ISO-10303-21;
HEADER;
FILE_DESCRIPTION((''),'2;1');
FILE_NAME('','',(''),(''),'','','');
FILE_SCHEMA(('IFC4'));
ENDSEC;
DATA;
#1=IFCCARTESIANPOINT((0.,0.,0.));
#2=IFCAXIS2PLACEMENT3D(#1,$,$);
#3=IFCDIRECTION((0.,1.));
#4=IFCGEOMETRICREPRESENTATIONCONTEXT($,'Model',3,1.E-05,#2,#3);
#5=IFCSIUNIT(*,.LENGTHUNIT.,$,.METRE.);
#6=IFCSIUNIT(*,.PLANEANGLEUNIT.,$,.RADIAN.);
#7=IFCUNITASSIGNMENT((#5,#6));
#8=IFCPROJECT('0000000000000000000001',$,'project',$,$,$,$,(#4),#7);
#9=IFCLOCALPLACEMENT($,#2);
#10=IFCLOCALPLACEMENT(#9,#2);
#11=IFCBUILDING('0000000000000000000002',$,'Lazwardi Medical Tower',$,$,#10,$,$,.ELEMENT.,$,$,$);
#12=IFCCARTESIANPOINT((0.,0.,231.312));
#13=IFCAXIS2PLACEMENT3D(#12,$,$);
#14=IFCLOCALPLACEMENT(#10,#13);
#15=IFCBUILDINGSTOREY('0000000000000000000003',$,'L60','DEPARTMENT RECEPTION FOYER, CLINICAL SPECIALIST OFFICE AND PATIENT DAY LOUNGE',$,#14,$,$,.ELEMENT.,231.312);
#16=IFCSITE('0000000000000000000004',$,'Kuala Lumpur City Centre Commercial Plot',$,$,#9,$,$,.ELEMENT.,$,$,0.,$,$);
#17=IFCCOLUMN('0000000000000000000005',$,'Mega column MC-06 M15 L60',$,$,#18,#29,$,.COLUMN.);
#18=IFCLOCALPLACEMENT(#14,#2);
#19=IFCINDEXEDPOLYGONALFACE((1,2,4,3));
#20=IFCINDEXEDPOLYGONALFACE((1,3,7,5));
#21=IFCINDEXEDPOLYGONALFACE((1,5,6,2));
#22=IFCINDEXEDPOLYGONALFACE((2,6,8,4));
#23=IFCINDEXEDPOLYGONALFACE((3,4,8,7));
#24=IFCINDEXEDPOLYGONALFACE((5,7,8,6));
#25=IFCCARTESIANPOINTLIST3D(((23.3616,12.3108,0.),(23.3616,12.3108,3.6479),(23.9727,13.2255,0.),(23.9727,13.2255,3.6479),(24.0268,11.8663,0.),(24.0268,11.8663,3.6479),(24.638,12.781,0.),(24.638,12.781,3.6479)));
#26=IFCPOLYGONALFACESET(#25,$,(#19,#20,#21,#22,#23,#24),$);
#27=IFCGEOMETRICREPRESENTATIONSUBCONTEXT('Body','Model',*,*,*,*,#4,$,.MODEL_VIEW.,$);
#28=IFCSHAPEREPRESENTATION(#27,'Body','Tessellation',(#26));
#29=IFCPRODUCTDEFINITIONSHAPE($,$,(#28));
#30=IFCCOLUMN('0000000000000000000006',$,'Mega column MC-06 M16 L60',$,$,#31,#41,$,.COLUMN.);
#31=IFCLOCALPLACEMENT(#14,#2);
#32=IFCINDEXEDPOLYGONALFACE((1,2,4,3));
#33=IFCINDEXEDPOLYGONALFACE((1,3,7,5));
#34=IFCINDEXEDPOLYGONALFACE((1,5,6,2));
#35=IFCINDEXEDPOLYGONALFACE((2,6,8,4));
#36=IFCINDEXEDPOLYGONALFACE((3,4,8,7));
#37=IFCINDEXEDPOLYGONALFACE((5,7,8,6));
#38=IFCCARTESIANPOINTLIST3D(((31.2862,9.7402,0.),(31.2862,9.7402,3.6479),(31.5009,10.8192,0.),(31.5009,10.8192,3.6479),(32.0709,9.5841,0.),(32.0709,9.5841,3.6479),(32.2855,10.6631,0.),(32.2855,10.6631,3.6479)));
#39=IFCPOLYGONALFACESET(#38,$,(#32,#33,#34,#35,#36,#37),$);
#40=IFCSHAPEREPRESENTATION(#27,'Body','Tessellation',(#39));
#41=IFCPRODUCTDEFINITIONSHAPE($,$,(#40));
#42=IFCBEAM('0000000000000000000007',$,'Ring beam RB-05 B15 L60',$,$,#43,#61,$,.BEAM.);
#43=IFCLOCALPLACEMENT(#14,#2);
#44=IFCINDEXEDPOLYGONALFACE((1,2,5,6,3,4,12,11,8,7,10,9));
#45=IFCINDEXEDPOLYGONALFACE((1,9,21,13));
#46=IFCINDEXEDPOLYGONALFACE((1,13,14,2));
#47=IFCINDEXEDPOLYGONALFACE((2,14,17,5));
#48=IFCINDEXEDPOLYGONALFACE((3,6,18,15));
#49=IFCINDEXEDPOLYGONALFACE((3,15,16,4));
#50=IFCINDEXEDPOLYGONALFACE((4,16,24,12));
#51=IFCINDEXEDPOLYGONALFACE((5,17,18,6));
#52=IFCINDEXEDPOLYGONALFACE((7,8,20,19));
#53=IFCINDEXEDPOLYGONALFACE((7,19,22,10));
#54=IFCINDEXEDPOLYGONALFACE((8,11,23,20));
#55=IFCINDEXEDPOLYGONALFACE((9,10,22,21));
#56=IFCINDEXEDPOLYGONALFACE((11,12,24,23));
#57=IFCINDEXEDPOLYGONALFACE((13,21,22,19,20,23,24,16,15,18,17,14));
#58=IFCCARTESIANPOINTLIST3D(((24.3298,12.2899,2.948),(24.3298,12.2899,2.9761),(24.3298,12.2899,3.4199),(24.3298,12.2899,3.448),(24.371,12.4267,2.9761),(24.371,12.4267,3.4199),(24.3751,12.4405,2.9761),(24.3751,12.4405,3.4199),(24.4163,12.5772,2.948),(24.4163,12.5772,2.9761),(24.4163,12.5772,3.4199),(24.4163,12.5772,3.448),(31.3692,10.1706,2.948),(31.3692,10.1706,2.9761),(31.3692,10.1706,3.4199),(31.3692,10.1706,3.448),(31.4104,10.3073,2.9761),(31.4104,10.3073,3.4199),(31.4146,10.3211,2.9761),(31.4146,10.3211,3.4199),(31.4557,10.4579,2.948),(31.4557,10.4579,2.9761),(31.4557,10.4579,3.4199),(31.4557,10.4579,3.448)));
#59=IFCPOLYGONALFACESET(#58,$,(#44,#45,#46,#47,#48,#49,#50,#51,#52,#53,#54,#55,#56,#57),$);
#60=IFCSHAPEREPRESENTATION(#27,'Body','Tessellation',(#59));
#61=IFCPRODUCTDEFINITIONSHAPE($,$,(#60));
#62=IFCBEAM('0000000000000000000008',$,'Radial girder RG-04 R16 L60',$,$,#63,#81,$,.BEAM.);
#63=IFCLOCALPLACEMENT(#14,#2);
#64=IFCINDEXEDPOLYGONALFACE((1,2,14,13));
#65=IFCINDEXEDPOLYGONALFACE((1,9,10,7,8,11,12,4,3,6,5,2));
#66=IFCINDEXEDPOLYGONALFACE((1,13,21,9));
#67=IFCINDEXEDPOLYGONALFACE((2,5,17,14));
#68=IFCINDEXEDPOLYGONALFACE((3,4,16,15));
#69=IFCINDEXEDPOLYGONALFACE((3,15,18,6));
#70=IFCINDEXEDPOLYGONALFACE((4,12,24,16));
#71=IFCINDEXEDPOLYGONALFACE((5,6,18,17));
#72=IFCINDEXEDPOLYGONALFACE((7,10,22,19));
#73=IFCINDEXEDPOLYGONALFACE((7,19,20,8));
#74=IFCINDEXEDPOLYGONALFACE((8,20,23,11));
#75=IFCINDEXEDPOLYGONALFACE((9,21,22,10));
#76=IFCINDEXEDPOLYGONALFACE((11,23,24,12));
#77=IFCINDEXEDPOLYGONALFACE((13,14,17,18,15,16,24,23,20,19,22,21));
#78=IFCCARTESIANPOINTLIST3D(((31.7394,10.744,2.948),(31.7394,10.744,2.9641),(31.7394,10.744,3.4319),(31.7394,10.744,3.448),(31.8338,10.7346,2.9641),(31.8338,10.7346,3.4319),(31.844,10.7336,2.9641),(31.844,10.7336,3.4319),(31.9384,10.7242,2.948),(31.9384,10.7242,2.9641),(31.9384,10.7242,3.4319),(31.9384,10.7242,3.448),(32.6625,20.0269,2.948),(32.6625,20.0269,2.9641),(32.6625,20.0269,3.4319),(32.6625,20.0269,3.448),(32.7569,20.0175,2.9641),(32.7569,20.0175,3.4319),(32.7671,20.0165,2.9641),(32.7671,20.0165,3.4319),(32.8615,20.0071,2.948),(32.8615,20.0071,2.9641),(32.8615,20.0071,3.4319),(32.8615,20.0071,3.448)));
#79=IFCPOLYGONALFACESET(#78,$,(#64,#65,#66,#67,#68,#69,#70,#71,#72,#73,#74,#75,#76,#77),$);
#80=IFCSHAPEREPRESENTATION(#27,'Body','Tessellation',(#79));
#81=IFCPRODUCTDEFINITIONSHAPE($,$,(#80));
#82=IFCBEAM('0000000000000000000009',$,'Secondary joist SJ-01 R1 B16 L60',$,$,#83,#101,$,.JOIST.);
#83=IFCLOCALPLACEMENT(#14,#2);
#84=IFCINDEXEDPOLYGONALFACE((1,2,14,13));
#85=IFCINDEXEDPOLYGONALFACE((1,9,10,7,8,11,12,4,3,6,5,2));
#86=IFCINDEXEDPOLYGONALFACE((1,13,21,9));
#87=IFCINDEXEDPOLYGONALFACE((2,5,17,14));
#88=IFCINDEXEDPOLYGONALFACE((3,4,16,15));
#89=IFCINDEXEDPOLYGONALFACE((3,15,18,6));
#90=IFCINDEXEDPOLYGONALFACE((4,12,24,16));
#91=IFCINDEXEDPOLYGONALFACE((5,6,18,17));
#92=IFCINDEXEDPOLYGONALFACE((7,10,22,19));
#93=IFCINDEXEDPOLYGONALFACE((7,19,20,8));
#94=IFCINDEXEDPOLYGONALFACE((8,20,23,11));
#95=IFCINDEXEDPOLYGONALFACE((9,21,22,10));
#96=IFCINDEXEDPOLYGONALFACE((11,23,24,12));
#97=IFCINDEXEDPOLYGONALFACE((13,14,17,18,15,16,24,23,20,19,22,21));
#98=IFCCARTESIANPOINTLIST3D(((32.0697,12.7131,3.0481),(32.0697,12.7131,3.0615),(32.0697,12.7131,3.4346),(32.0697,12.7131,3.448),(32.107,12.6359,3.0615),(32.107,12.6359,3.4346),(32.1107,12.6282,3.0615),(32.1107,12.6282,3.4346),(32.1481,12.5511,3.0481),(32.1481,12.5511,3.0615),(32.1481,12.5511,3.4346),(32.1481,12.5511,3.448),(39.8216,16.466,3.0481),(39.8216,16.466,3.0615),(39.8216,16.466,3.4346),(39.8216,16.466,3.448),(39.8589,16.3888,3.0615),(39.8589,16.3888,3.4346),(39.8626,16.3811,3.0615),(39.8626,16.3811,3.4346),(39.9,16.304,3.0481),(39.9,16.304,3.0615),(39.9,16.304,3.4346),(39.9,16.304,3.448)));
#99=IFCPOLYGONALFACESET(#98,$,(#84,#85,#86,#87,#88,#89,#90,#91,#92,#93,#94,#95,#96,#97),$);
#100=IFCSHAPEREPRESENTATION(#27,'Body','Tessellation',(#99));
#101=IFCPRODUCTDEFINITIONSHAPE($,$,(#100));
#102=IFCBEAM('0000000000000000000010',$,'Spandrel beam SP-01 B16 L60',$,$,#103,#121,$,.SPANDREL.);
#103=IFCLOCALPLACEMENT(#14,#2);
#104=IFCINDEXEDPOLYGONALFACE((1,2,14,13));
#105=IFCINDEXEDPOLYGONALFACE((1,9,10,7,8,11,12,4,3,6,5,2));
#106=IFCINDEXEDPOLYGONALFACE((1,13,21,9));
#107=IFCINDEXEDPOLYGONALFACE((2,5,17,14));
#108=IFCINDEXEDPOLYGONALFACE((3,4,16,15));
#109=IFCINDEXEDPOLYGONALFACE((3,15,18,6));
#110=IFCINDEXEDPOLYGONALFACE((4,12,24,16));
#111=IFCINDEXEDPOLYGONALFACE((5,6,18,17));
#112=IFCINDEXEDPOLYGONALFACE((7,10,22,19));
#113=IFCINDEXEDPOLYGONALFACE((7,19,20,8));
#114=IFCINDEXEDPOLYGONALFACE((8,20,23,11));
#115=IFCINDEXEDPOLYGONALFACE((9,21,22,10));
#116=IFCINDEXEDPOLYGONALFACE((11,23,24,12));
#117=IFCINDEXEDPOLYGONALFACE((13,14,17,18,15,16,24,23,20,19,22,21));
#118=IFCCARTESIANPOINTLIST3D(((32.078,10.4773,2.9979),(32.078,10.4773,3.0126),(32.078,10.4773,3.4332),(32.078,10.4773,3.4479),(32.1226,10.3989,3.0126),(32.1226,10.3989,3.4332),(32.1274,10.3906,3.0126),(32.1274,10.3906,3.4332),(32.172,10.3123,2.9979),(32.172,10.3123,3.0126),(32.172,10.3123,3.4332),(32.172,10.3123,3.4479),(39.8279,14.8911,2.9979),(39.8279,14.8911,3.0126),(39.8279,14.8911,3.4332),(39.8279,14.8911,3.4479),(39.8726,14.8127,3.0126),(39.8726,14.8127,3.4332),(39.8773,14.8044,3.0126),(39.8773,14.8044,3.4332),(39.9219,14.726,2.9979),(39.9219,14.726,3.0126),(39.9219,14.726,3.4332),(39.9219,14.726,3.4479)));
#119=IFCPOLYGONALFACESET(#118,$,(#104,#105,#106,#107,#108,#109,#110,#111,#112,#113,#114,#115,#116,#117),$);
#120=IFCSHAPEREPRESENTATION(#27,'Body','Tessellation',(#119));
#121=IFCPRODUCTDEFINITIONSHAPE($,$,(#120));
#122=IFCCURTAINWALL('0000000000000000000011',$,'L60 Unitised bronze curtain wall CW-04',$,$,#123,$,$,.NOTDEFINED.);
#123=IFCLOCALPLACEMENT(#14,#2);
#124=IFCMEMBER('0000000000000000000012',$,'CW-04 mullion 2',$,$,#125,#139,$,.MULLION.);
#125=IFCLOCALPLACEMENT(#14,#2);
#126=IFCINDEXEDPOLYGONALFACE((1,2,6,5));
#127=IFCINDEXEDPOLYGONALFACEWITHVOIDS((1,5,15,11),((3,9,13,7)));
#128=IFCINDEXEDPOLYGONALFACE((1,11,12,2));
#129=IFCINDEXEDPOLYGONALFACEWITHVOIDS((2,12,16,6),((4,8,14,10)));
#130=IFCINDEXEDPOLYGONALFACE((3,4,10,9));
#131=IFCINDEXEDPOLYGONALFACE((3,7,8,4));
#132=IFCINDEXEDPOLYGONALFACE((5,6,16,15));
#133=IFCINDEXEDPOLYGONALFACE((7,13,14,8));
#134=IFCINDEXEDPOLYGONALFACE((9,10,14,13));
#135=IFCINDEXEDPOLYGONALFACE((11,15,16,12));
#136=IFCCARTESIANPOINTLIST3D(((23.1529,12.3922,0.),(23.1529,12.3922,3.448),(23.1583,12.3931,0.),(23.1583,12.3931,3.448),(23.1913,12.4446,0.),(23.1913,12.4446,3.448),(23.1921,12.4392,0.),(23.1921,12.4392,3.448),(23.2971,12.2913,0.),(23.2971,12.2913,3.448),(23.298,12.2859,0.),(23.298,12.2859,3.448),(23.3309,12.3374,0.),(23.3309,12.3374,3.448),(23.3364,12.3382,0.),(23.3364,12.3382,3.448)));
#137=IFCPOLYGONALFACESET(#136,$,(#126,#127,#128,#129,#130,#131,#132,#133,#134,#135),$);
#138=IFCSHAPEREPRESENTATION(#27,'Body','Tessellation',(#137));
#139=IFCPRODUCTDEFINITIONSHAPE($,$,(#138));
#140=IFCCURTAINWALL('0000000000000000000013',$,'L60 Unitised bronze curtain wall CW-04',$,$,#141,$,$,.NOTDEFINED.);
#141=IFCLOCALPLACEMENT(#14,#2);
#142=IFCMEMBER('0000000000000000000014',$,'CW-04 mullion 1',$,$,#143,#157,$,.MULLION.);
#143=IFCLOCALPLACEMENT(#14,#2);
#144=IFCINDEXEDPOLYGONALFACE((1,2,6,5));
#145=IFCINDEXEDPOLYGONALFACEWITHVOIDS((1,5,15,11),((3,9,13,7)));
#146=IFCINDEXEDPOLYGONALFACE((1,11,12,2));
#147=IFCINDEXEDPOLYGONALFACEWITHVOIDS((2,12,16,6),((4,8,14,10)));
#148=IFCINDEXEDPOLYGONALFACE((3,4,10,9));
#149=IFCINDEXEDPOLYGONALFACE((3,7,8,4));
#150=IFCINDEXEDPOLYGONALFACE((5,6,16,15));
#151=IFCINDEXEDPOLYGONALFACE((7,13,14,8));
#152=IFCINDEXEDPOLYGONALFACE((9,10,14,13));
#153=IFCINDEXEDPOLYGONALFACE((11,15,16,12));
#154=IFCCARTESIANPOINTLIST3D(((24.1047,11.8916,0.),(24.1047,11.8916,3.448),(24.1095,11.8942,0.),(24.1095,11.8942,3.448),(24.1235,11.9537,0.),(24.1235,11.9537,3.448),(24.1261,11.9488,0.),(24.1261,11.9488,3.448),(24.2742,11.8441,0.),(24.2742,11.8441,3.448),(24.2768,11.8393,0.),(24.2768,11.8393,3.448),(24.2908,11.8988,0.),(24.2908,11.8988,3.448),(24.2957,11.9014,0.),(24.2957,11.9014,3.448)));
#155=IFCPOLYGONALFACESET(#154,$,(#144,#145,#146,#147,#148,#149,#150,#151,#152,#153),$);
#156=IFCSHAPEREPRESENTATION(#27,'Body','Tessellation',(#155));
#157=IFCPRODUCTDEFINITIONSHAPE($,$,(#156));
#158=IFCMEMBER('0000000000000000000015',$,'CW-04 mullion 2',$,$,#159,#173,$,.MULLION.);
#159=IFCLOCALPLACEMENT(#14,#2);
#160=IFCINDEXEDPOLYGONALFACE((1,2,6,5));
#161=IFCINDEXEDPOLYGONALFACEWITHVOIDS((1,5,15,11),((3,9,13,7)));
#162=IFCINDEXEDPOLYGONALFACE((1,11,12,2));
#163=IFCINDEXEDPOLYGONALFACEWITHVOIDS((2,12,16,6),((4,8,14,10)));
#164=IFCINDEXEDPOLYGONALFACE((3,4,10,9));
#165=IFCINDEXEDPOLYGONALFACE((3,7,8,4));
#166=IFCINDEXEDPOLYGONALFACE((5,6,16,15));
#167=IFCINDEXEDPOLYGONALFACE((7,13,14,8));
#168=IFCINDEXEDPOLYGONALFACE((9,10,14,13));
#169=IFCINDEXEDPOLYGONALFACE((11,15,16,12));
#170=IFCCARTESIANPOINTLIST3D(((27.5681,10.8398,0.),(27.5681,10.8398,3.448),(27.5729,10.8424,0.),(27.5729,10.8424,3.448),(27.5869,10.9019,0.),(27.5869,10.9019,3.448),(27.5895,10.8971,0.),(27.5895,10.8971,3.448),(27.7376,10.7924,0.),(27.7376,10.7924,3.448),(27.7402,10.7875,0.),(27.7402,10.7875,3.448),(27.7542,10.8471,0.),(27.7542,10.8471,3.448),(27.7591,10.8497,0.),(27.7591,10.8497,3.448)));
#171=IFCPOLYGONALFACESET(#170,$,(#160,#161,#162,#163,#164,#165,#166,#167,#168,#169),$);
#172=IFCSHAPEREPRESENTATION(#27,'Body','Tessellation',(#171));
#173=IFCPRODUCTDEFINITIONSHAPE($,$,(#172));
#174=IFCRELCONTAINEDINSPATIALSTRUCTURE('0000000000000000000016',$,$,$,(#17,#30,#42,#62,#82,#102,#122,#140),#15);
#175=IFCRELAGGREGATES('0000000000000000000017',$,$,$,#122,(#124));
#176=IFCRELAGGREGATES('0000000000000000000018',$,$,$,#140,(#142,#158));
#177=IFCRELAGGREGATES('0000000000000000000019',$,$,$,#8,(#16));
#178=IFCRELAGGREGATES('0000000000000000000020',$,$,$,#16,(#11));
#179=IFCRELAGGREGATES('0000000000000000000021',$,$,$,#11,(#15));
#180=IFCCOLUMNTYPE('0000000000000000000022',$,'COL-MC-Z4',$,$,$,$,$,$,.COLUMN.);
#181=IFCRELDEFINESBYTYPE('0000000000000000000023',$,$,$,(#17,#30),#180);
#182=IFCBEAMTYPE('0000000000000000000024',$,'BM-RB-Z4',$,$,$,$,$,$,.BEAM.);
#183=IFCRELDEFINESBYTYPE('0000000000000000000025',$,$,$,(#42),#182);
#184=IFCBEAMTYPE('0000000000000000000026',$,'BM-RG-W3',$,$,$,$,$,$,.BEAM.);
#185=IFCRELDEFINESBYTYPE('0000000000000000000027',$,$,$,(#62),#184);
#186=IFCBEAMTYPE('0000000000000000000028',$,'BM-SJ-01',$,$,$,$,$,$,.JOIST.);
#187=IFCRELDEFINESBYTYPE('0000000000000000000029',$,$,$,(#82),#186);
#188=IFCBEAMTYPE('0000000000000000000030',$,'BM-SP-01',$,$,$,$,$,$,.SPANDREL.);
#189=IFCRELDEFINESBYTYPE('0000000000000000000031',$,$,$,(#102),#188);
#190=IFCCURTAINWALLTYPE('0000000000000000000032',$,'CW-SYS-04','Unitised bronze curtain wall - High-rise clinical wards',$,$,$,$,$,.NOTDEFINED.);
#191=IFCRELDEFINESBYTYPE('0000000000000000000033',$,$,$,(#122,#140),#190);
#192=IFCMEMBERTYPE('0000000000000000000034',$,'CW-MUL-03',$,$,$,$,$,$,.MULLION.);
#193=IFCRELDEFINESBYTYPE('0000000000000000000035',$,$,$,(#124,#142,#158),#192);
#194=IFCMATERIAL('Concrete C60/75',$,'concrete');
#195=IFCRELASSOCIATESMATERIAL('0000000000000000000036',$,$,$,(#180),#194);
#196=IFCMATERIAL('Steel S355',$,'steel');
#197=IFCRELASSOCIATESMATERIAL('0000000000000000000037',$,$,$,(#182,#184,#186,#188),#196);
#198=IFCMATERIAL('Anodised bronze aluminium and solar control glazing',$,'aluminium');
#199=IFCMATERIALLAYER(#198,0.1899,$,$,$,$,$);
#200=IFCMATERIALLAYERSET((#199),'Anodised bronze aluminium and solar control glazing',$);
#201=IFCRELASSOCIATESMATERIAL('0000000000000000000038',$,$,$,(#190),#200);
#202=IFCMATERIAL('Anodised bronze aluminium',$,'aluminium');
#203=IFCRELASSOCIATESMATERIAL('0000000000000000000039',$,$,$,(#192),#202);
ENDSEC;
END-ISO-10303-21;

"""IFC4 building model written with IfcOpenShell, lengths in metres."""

from ifc_helpers import new_model, si_unit, direction, frame, origin, origin_2d, place, context, subcontext, project, spatial, rectangle, hollow_rectangle, i_section, extrude, material, layer, layer_set, material_profile, profile_set, type_object, element, aggregate, save


model = new_model("IFC4")

# Units and contexts
model_context = context("Model", 3, precision=1e-05, world=origin(), true_north=direction((0.0, 1.0)))
body_context = subcontext(model_context, "Body", "Model", "MODEL_VIEW")
ifc_project = project(units=[si_unit("LENGTHUNIT", "METRE"), si_unit("PLANEANGLEUNIT", "RADIAN")], contexts=[model_context])

# Site, building, storey
site_placement = place(None, origin())
site = spatial("IfcSite", under=ifc_project, at=site_placement, Name="Kuala Lumpur City Centre Commercial Plot", CompositionType="ELEMENT", RefElevation=0.0)
building_placement = place(site_placement, origin())
building = spatial("IfcBuilding", under=site, at=building_placement, Name="Lazwardi Medical Tower", CompositionType="ELEMENT")
storey_placement = place(building_placement, frame((0.0, 0.0, 231.312)))
storey = spatial("IfcBuildingStorey", under=building, at=storey_placement, Name="L60", Description="DEPARTMENT RECEPTION FOYER, CLINICAL SPECIALIST OFFICE AND PATIENT DAY LOUNGE", CompositionType="ELEMENT", Elevation=231.312)

# Columns
ifc_material_1 = material(Name="Concrete C60/75", Category="concrete")
ifc_material_profile_1 = material_profile(ifc_material_1, rectangle(XDim=1.1001, YDim=0.8, at=origin_2d()), Name="CFT-RECT 1100x800")
ifc_profile_set_1 = profile_set([ifc_material_profile_1], Name="Concrete C60/75")
column_type = type_object("IfcColumnType", Name="COL-MC-Z4", PredefinedType="COLUMN", material=ifc_profile_set_1)
for number, where, z_axis, x_axis, name in (
    (1, (23.9998, 12.5459, 0.0), (0.0, 0.0, 1.0), (-0.55557, -0.83147, 0.0), "Mega column MC-06 M15 L60"),
    (2, (31.7859, 10.2017, 0.0), (0.0, 0.0, 1.0), (-0.19509, -0.980785, 0.0), "Mega column MC-06 M16 L60"),
):
    element("IfcColumn", number, at=place(storey_placement, frame(where, z_axis=z_axis, x_axis=x_axis)), inside=storey, type_object=column_type, Name=name, PredefinedType="COLUMN", context=body_context, shape_type="SweptSolid", body=[
        extrude(rectangle(XDim=1.1001, YDim=0.8, at=origin_2d()), origin(), (0.0, 0.0, 1.0), 3.6479),
    ])

# Beams
ifc_material_2 = material(Name="Steel S355", Category="steel")
ifc_material_profile_2 = material_profile(ifc_material_2, i_section(OverallWidth=0.3, OverallDepth=0.5, WebThickness=0.0144, FlangeThickness=0.0281, at=origin_2d()), Name="HEB 500")
ifc_profile_set_2 = profile_set([ifc_material_profile_2], Name="Steel S355")
beam_type_1 = type_object("IfcBeamType", Name="BM-RB-Z4", PredefinedType="BEAM", material=ifc_profile_set_2)
beam_1_placement = place(storey_placement, frame((24.373, 12.4336, 3.198), z_axis=(0.957544, -0.288286, 0.0), x_axis=(0.288286, 0.957544, 0.0)))
element("IfcBeam", 3, at=beam_1_placement, inside=storey, type_object=beam_type_1, Name="Ring beam RB-05 B15 L60", PredefinedType="BEAM", context=body_context, shape_type="SweptSolid", body=[
    extrude(i_section(OverallWidth=0.3, OverallDepth=0.5, WebThickness=0.0144, FlangeThickness=0.0281, at=origin_2d()), origin(), (0.0, 0.0, 1.0), 7.3516),
])
ifc_material_profile_3 = material_profile(ifc_material_2, i_section(OverallWidth=0.2, OverallDepth=0.5, WebThickness=0.0103, FlangeThickness=0.0161, at=origin_2d()), Name="IPE 500")
ifc_profile_set_3 = profile_set([ifc_material_profile_3], Name="Steel S355")
beam_type_2 = type_object("IfcBeamType", Name="BM-RG-W3", PredefinedType="BEAM", material=ifc_profile_set_3)
beam_2_placement = place(storey_placement, frame((31.8389, 10.7341, 3.198), z_axis=(0.098954, 0.995092, 0.0), x_axis=(-0.995092, 0.098954, 0.0)))
element("IfcBeam", 4, at=beam_2_placement, inside=storey, type_object=beam_type_2, Name="Radial girder RG-04 R16 L60", PredefinedType="BEAM", context=body_context, shape_type="SweptSolid", body=[
    extrude(i_section(OverallWidth=0.2, OverallDepth=0.5, WebThickness=0.0103, FlangeThickness=0.0161, at=origin_2d()), origin(), (0.0, 0.0, 1.0), 9.3286),
])
ifc_material_profile_4 = material_profile(ifc_material_2, i_section(OverallWidth=0.1799, OverallDepth=0.3999, WebThickness=0.0085, FlangeThickness=0.0134, at=origin_2d()), Name="IPE 400")
ifc_profile_set_4 = profile_set([ifc_material_profile_4], Name="Steel S355")
beam_type_3 = type_object("IfcBeamType", Name="BM-SJ-01", PredefinedType="JOIST", material=ifc_profile_set_4)
beam_3_placement = place(storey_placement, frame((32.1089, 12.6321, 3.248), z_axis=(0.900069, 0.435748, 0.0), x_axis=(-0.435748, 0.900069, 0.0)))
element("IfcBeam", 5, at=beam_3_placement, inside=storey, type_object=beam_type_3, Name="Secondary joist SJ-01 R1 B16 L60", PredefinedType="JOIST", context=body_context, shape_type="SweptSolid", body=[
    extrude(i_section(OverallWidth=0.1799, OverallDepth=0.3999, WebThickness=0.0085, FlangeThickness=0.0134, at=origin_2d()), origin(), (0.0, 0.0, 1.0), 8.6125),
])
ifc_material_profile_5 = material_profile(ifc_material_2, i_section(OverallWidth=0.1899, OverallDepth=0.45, WebThickness=0.0095, FlangeThickness=0.0146, at=origin_2d()), Name="IPE 450")
ifc_profile_set_5 = profile_set([ifc_material_profile_5], Name="Steel S355")
beam_type_4 = type_object("IfcBeamType", Name="BM-SP-01", PredefinedType="SPANDREL", material=ifc_profile_set_5)
beam_4_placement = place(storey_placement, frame((32.125, 10.3948, 3.2229), z_axis=(0.868955, 0.494891, 0.0), x_axis=(-0.494891, 0.868955, 0.0)))
element("IfcBeam", 6, at=beam_4_placement, inside=storey, type_object=beam_type_4, Name="Spandrel beam SP-01 B16 L60", PredefinedType="SPANDREL", context=body_context, shape_type="SweptSolid", body=[
    extrude(i_section(OverallWidth=0.1899, OverallDepth=0.45, WebThickness=0.0095, FlangeThickness=0.0146, at=origin_2d()), origin(), (0.0, 0.0, 1.0), 8.9187),
])

# Curtain wall, member
ifc_material_3 = material(Name="Anodised bronze aluminium and solar control glazing", Category="aluminium")
ifc_layer_1 = layer(ifc_material_3, 0.1899)
ifc_layer_set_1 = layer_set([ifc_layer_1], Name="Anodised bronze aluminium and solar control glazing")
curtain_wall_type = type_object("IfcCurtainWallType", Name="CW-SYS-04", Description="Unitised bronze curtain wall - High-rise clinical wards", PredefinedType="NOTDEFINED", material=ifc_layer_set_1)
curtain_wall_1_placement = place(storey_placement, origin())
curtain_wall_1 = element("IfcCurtainWall", 7, at=curtain_wall_1_placement, inside=storey, type_object=curtain_wall_type, Name="L60 Unitised bronze curtain wall CW-04", PredefinedType="NOTDEFINED")
ifc_material_4 = material(Name="Anodised bronze aluminium", Category="aluminium")
ifc_material_profile_6 = material_profile(ifc_material_4, hollow_rectangle(XDim=0.0649, YDim=0.1799, WallThickness=0.0039, at=origin_2d()), Name="ALU-MULLION 180x65x4")
ifc_profile_set_6 = profile_set([ifc_material_profile_6], Name="Anodised bronze aluminium")
member_type_1 = type_object("IfcMemberType", Name="CW-MUL-03", PredefinedType="MULLION", material=ifc_profile_set_6)
member_1_placement = place(storey_placement, frame((23.2446, 12.3652, 0.0), z_axis=(0.0, 0.0, 1.0), x_axis=(0.591268, 0.806475, 0.0)))
member_1 = element("IfcMember", 8, at=member_1_placement, type_object=member_type_1, Name="CW-04 mullion 2", PredefinedType="MULLION", context=body_context, shape_type="SweptSolid", body=[
    extrude(hollow_rectangle(XDim=0.0649, YDim=0.1799, WallThickness=0.0039, at=origin_2d()), origin(), (0.0, 0.0, 1.0), 3.448),
])
aggregate(curtain_wall_1, [member_1])

# Curtain wall, members
curtain_wall_2_placement = place(storey_placement, origin())
curtain_wall_2 = element("IfcCurtainWall", 9, at=curtain_wall_2_placement, inside=storey, type_object=curtain_wall_type, Name="L60 Unitised bronze curtain wall CW-04", PredefinedType="NOTDEFINED")
member_2_placement = place(storey_placement, frame((24.2002, 11.8965, 0.0), z_axis=(0.0, 0.0, 1.0), x_axis=(0.290582, 0.95685, 0.0)))
member_2 = element("IfcMember", 10, at=member_2_placement, type_object=member_type_1, Name="CW-04 mullion 1", PredefinedType="MULLION", context=body_context, shape_type="SweptSolid", body=[
    extrude(hollow_rectangle(XDim=0.0649, YDim=0.1799, WallThickness=0.0039, at=origin_2d()), origin(), (0.0, 0.0, 1.0), 3.448),
])
member_3_placement = place(storey_placement, frame((27.6636, 10.8447, 0.0), z_axis=(0.0, 0.0, 1.0), x_axis=(0.290582, 0.95685, 0.0)))
member_3 = element("IfcMember", 11, at=member_3_placement, type_object=member_type_1, Name="CW-04 mullion 2", PredefinedType="MULLION", context=body_context, shape_type="SweptSolid", body=[
    extrude(hollow_rectangle(XDim=0.0649, YDim=0.1799, WallThickness=0.0039, at=origin_2d()), origin(), (0.0, 0.0, 1.0), 3.448),
])
aggregate(curtain_wall_2, [member_2, member_3])

save(model, "model.ifc")
